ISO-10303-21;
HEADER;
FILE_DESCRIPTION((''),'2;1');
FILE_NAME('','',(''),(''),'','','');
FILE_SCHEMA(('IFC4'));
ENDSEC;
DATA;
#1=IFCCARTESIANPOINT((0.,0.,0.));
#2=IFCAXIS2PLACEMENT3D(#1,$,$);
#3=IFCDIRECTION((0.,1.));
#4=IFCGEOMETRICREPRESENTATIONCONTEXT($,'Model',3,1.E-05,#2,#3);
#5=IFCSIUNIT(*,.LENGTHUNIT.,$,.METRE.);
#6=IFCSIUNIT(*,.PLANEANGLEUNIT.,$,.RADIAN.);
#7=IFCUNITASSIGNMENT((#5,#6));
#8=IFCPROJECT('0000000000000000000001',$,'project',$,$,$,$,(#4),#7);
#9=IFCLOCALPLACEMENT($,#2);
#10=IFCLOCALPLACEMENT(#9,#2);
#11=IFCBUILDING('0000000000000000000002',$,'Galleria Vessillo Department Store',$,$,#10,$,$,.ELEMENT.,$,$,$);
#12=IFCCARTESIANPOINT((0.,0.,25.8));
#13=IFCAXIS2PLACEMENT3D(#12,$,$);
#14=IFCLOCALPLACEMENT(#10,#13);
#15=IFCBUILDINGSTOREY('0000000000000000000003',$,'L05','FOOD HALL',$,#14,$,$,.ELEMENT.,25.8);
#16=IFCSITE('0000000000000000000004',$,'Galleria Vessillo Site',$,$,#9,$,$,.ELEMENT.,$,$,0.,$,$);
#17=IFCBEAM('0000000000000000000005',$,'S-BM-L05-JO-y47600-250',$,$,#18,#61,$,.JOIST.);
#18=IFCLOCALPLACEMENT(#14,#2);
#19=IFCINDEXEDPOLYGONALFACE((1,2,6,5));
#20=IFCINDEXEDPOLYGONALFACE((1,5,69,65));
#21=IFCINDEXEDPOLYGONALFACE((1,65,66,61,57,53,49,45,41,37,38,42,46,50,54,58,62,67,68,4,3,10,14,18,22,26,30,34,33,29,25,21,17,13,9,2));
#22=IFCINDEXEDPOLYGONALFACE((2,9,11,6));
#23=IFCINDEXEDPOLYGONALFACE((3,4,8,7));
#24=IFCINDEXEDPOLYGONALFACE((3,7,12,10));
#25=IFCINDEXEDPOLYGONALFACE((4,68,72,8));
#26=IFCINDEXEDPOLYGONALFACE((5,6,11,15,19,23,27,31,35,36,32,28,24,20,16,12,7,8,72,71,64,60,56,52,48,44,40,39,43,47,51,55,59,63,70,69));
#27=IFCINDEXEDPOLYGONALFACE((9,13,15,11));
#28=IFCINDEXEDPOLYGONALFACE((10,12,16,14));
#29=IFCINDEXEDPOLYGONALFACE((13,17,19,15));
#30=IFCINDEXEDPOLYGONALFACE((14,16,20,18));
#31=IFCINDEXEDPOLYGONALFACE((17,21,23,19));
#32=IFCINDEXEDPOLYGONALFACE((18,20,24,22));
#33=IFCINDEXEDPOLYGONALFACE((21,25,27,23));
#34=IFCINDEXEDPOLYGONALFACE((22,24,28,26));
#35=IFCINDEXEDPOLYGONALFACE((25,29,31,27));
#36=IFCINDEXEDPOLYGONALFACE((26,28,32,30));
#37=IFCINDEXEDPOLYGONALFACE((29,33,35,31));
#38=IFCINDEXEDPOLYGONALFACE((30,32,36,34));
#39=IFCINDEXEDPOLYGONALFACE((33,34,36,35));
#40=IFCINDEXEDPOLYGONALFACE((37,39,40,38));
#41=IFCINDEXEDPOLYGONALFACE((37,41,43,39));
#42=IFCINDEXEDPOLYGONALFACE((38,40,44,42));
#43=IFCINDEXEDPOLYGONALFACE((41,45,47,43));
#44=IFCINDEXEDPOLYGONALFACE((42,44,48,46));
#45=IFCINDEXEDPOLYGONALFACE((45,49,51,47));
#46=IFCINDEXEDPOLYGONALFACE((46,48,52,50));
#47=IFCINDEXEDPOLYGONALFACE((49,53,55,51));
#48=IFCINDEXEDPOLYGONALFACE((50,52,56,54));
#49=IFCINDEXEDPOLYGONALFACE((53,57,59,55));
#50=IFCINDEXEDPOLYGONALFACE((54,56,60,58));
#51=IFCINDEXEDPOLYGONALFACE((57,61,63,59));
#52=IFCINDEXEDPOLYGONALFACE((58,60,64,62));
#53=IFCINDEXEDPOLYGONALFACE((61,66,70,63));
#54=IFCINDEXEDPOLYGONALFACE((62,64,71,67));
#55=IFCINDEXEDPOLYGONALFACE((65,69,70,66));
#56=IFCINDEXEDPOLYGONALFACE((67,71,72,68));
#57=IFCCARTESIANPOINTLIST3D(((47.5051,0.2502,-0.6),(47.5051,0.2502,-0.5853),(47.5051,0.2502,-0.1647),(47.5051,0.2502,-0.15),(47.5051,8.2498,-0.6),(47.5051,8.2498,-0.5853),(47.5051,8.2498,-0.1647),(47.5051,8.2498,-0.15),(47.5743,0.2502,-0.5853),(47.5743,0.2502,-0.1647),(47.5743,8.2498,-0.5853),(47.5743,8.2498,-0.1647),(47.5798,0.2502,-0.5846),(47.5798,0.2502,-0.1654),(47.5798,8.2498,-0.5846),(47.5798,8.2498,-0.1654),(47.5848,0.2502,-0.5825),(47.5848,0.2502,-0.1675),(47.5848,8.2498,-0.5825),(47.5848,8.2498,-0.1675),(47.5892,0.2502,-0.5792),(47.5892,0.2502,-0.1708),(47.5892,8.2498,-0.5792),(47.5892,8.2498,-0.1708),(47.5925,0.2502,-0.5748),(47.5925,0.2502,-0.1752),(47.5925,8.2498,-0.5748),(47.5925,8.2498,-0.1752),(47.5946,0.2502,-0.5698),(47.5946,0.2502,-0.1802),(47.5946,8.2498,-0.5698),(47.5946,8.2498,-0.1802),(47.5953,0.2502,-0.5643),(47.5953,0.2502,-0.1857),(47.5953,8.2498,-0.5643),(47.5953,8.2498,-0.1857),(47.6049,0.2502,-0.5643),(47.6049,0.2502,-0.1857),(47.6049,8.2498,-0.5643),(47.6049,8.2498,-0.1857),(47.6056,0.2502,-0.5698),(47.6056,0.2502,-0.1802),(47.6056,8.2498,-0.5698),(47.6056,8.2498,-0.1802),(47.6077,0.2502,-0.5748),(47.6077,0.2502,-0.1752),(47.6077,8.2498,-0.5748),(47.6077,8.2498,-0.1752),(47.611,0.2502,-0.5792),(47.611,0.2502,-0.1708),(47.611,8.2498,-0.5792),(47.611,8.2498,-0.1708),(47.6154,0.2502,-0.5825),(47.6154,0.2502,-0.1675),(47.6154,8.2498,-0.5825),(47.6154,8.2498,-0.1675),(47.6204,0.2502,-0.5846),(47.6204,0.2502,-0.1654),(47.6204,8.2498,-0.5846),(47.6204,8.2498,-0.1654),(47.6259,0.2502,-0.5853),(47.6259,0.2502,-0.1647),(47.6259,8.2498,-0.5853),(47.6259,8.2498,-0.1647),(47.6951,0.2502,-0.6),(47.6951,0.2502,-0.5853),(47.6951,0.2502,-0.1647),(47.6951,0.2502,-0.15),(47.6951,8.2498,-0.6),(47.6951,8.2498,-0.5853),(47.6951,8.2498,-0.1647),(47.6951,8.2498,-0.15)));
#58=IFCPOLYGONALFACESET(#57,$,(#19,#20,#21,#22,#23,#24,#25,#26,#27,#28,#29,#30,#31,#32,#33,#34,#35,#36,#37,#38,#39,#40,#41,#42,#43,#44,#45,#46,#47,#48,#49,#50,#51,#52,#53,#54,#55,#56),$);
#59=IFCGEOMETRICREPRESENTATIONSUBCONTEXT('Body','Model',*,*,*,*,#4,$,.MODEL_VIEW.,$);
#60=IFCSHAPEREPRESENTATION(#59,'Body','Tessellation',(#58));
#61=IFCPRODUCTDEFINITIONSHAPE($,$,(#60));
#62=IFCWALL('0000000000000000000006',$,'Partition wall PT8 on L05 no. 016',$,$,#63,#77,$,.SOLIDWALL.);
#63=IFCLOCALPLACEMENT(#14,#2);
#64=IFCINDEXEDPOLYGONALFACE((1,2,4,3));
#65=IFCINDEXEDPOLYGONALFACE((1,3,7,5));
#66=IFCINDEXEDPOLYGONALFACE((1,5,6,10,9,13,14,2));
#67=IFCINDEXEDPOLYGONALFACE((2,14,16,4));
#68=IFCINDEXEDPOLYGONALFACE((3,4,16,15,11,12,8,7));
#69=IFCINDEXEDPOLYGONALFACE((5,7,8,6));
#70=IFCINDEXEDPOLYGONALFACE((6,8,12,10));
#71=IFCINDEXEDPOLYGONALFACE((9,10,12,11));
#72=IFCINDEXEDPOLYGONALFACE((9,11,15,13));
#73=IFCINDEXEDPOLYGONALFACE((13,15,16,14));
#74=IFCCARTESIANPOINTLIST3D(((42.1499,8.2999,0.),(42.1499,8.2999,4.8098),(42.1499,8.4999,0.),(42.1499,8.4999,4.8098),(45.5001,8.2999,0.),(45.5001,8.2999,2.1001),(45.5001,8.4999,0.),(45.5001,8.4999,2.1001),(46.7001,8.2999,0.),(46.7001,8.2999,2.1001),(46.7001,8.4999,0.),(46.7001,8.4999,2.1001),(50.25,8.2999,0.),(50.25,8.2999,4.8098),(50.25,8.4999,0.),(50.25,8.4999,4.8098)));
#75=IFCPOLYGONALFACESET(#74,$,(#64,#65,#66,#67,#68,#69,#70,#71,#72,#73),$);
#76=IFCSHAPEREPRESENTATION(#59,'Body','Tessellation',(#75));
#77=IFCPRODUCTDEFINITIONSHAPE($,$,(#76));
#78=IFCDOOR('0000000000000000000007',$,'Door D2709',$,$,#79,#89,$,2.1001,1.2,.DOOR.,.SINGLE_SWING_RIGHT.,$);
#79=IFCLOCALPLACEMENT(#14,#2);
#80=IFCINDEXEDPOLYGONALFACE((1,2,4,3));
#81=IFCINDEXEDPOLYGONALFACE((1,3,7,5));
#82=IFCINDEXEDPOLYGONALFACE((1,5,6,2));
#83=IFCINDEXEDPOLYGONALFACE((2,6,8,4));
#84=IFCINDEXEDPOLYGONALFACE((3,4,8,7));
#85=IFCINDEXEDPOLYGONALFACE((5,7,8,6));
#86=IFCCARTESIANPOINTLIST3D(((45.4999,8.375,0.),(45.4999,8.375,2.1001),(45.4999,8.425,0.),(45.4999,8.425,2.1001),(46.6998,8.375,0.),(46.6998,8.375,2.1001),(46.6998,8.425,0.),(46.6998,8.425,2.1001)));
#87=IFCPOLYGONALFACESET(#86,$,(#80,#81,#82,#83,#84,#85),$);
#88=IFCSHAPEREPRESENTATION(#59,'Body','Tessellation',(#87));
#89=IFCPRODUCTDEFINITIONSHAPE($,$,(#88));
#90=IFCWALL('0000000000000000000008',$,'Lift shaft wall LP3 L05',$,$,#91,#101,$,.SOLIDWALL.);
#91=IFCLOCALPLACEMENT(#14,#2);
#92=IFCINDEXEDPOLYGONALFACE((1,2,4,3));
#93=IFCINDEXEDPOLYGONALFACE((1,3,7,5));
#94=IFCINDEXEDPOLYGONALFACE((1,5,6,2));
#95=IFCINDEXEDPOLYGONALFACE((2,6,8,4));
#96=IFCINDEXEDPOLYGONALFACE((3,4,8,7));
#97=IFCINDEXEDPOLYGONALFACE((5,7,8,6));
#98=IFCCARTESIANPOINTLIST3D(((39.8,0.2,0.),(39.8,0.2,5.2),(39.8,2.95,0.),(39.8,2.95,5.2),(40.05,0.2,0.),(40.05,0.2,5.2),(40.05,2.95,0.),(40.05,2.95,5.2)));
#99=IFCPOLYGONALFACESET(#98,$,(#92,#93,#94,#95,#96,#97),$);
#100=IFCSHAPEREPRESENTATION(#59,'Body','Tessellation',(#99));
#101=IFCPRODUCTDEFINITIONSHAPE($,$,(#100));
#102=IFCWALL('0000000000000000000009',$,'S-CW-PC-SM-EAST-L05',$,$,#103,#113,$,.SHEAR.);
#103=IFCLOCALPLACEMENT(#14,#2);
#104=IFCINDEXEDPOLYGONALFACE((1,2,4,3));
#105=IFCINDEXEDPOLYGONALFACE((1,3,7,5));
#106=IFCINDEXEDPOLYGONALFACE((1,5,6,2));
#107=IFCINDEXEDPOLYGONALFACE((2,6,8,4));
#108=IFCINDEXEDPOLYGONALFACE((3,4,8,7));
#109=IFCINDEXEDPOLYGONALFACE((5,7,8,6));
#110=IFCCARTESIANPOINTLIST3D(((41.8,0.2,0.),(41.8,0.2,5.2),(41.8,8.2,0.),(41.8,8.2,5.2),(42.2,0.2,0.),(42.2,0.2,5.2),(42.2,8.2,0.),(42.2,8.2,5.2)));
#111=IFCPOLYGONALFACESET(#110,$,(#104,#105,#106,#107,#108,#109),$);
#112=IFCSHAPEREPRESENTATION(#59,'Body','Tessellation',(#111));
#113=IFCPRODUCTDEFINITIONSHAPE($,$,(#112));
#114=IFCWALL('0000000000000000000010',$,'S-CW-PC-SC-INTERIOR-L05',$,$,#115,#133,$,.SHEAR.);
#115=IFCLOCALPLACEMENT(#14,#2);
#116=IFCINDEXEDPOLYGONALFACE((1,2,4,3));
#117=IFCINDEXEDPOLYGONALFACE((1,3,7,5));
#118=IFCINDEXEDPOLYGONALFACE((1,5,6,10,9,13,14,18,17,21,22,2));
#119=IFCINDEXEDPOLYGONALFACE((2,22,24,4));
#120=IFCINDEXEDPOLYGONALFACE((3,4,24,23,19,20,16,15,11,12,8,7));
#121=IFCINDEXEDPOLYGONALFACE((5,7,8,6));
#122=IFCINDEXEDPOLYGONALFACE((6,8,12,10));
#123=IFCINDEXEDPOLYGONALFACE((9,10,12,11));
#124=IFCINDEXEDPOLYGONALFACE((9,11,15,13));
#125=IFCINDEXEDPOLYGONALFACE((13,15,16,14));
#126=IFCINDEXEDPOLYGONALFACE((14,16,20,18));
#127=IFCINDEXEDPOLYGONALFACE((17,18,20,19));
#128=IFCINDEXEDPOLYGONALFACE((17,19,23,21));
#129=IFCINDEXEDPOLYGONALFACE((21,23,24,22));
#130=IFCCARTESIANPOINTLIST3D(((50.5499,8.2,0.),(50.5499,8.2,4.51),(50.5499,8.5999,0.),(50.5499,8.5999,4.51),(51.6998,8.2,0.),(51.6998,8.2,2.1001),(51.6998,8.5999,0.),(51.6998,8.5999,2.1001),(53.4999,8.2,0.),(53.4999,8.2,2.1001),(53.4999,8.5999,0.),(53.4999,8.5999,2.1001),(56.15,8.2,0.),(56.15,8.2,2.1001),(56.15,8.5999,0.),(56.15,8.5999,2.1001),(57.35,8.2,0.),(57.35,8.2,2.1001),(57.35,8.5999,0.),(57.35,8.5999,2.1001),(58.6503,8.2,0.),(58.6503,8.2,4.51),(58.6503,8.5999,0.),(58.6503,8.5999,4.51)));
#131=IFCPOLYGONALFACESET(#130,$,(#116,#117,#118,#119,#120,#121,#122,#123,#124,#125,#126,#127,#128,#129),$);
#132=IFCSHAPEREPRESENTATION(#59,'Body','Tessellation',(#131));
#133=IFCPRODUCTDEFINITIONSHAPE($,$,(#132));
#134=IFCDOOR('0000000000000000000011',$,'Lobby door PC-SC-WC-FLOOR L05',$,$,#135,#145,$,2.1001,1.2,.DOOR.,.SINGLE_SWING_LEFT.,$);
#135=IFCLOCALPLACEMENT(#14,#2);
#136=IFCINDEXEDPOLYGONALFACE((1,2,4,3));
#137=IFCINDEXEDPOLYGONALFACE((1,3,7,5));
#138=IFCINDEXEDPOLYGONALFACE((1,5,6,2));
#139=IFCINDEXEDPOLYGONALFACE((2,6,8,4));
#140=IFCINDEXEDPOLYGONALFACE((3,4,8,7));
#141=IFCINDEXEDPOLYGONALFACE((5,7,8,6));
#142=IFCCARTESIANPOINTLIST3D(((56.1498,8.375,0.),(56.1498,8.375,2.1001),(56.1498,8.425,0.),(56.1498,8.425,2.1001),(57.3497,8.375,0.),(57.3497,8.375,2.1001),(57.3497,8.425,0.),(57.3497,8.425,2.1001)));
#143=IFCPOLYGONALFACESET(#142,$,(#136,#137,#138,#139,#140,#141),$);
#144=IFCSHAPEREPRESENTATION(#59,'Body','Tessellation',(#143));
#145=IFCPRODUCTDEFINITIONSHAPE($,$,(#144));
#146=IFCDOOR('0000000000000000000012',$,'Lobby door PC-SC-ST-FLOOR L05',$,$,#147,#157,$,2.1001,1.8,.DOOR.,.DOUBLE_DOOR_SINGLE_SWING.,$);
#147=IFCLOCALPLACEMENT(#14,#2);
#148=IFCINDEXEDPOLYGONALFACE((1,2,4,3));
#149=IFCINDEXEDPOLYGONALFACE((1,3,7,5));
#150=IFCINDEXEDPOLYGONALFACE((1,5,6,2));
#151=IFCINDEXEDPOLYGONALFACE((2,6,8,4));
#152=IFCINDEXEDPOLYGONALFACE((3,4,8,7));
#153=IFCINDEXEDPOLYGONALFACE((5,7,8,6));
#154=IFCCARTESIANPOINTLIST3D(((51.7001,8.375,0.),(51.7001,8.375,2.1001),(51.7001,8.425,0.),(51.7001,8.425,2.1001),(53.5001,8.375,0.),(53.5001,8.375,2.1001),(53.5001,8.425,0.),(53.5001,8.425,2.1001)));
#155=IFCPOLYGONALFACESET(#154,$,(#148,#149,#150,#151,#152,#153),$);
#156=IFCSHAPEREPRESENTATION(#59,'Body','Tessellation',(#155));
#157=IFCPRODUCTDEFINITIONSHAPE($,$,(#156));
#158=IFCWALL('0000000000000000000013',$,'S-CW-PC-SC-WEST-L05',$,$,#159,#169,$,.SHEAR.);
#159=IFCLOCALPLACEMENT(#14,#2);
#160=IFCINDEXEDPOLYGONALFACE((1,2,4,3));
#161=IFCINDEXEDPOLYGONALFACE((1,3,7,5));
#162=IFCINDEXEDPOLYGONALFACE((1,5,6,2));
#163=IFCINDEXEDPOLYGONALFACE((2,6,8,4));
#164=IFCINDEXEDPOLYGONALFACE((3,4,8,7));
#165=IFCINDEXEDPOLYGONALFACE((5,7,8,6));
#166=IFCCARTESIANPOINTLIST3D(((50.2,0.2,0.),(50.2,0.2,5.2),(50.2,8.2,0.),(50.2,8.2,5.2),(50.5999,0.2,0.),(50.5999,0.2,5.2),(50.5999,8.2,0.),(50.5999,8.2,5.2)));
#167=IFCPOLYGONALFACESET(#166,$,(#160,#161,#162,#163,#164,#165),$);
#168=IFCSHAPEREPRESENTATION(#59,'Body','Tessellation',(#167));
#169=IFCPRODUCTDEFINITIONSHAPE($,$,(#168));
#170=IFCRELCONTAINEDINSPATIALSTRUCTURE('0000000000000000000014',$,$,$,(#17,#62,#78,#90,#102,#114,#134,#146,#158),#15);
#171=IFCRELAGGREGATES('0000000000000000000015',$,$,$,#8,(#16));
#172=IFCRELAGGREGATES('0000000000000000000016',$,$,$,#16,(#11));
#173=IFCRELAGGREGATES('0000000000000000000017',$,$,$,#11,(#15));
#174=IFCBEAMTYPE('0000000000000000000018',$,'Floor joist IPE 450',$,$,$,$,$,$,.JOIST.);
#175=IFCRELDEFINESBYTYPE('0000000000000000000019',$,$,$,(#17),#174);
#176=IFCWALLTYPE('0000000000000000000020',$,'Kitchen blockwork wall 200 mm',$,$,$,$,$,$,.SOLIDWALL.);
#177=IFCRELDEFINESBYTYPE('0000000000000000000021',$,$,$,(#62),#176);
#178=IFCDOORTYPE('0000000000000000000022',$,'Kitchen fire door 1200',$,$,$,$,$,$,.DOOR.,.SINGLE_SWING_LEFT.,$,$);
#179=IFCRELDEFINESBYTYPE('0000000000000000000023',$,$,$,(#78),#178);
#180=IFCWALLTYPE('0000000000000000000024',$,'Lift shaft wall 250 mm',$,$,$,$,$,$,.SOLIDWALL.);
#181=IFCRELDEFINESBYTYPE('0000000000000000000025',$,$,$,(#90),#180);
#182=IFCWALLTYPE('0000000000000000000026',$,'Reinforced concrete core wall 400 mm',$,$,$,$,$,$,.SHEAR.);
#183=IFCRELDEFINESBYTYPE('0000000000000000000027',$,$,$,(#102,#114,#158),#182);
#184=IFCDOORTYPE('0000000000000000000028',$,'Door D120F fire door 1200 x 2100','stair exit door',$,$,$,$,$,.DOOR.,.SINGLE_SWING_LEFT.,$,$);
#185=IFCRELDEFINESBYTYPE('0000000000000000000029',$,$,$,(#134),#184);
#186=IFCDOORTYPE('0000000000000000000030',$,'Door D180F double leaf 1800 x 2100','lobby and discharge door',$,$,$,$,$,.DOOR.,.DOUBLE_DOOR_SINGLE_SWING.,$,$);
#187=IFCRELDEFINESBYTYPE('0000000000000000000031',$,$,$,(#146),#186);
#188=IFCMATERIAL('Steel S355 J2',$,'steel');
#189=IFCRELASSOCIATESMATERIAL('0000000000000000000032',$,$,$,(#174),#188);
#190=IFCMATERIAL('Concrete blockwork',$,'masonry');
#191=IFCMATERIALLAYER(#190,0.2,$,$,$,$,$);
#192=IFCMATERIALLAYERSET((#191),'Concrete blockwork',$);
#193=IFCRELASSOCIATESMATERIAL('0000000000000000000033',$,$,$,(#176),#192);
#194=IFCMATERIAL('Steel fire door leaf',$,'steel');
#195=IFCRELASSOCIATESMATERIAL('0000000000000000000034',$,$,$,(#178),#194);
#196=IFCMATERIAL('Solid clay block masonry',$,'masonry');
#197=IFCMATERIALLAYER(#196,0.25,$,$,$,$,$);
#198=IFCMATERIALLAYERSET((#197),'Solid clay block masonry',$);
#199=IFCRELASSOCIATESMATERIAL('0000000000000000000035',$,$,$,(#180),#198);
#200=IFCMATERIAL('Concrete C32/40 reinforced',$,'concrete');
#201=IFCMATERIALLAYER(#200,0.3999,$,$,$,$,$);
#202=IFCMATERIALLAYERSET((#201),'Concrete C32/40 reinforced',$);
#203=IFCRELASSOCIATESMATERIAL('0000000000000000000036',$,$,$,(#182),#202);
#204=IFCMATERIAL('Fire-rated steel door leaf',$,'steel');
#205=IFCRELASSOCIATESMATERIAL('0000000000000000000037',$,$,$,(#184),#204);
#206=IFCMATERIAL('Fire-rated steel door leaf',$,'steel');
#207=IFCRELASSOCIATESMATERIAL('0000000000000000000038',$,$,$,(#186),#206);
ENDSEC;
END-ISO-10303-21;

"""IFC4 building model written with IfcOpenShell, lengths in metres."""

from ifc_helpers import new_model, si_unit, direction, frame, frame_2d, origin, origin_2d, place, context, subcontext, project, spatial, rectangle, i_section, extrude, material, layer, layer_set, material_profile, profile_set, type_object, element, fill, save


model = new_model("IFC4")

# Units and contexts
model_context = context("Model", 3, precision=1e-05, world=origin(), true_north=direction((0.0, 1.0)))
body_context = subcontext(model_context, "Body", "Model", "MODEL_VIEW")
ifc_project = project(units=[si_unit("LENGTHUNIT", "METRE"), si_unit("PLANEANGLEUNIT", "RADIAN")], contexts=[model_context])

# Site, building, storey
site_placement = place(None, origin())
site = spatial("IfcSite", under=ifc_project, at=site_placement, Name="Galleria Vessillo Site", CompositionType="ELEMENT", RefElevation=0.0)
building_placement = place(site_placement, origin())
building = spatial("IfcBuilding", under=site, at=building_placement, Name="Galleria Vessillo Department Store", CompositionType="ELEMENT")
storey_placement = place(building_placement, frame((0.0, 0.0, 25.8)))
storey = spatial("IfcBuildingStorey", under=building, at=storey_placement, Name="L05", Description="FOOD HALL", CompositionType="ELEMENT", Elevation=25.8)

# Beam
ifc_material_1 = material(Name="Steel S355 J2", Category="steel")
ifc_material_profile_1 = material_profile(ifc_material_1, i_section(OverallWidth=0.1899, OverallDepth=0.45, WebThickness=0.0095, FlangeThickness=0.0146, FilletRadius=0.021, at=origin_2d()), Name="IPE 450")
ifc_profile_set_1 = profile_set([ifc_material_profile_1], Name="Steel S355 J2")
beam_type_1 = type_object("IfcBeamType", Name="Floor joist IPE 450", PredefinedType="JOIST", material=ifc_profile_set_1)
for number, where, z_axis, x_axis, name in (
    (1, (47.6001, 0.2502, -0.375), (0.0, 1.0, 0.0), (-1.0, 0.0, 0.0), "S-BM-L05-JO-y47600-250"),
):
    element("IfcBeam", number, at=place(storey_placement, frame(where, z_axis=z_axis, x_axis=x_axis)), inside=storey, type_object=beam_type_1, Name=name, PredefinedType="JOIST", context=body_context, shape_type="SweptSolid", body=[
        extrude(i_section(OverallWidth=0.1899, OverallDepth=0.45, WebThickness=0.0095, FlangeThickness=0.0146, FilletRadius=0.021, at=origin_2d()), origin(), (0.0, 0.0, 1.0), 7.9995),
    ])

# Wall, opening, door
ifc_material_2 = material(Name="Concrete blockwork", Category="masonry")
ifc_layer_1 = layer(ifc_material_2, 0.2)
ifc_layer_set_1 = layer_set([ifc_layer_1], Name="Concrete blockwork")
wall_type_1 = type_object("IfcWallType", Name="Kitchen blockwork wall 200 mm", PredefinedType="SOLIDWALL", material=ifc_layer_set_1)
wall_1_placement = place(storey_placement, frame((42.1499, 8.3999, 0.0), z_axis=(0.0, 0.0, 1.0), x_axis=(1.0, 0.0, 0.0)))
wall_1 = element("IfcWall", 2, at=wall_1_placement, inside=storey, type_object=wall_type_1, Name="Partition wall PT8 on L05 no. 016", PredefinedType="SOLIDWALL", context=body_context, shape_type="SweptSolid", body=[
    extrude(rectangle(XDim=8.1001, YDim=0.2, at=frame_2d((4.05, 0.0))), origin(), (0.0, 0.0, 1.0), 4.8098),
])
opening_1_placement = place(wall_1_placement, frame((3.3501, 0.0, 0.0)))
opening_1 = element("IfcOpeningElement", 3, at=opening_1_placement, cuts=wall_1, PredefinedType="OPENING", context=body_context, shape_type="SweptSolid", body=[
    extrude(rectangle(XDim=1.2, YDim=2.1001, at=frame_2d((0.6001, 1.05))), frame((0.0, 0.1099, 0.0), z_axis=(0.0, -1.0, 0.0), x_axis=(1.0, 0.0, 0.0)), (0.0, 0.0, 1.0), 0.22),
])
ifc_material_3 = material(Name="Steel fire door leaf", Category="steel")
door_type_1 = type_object("IfcDoorType", Name="Kitchen fire door 1200", OperationType="SINGLE_SWING_LEFT", PredefinedType="DOOR", material=ifc_material_3)
door_1_placement = place(opening_1_placement, frame((1.2, 0.0, 0.0), z_axis=(0.0, 0.0, 1.0), x_axis=(-1.0, 0.0, 0.0)))
door_1 = element("IfcDoor", 4, at=door_1_placement, inside=storey, type_object=door_type_1, Name="Door D2709", OperationType="SINGLE_SWING_RIGHT", OverallHeight=2.1001, OverallWidth=1.2, PredefinedType="DOOR", context=body_context, shape_type="SweptSolid", body=[
    extrude(rectangle(XDim=1.2, YDim=2.1001, at=frame_2d((0.6001, 1.05))), frame((0.0, 0.0249, 0.0), z_axis=(0.0, -1.0, 0.0), x_axis=(1.0, 0.0, 0.0)), (0.0, 0.0, 1.0), 0.05),
])
fill(opening_1, door_1)

# Walls
ifc_material_4 = material(Name="Solid clay block masonry", Category="masonry")
ifc_layer_2 = layer(ifc_material_4, 0.25)
ifc_layer_set_2 = layer_set([ifc_layer_2], Name="Solid clay block masonry")
wall_type_2 = type_object("IfcWallType", Name="Lift shaft wall 250 mm", PredefinedType="SOLIDWALL", material=ifc_layer_set_2)
wall_2_placement = place(storey_placement, frame((39.925, 0.2, 0.0), z_axis=(0.0, 0.0, 1.0), x_axis=(0.0, 1.0, 0.0)))
element("IfcWall", 5, at=wall_2_placement, inside=storey, type_object=wall_type_2, Name="Lift shaft wall LP3 L05", PredefinedType="SOLIDWALL", context=body_context, shape_type="SweptSolid", body=[
    extrude(rectangle(XDim=2.75, YDim=0.25, at=frame_2d((1.375, 0.0))), origin(), (0.0, 0.0, 1.0), 5.2),
])
ifc_material_5 = material(Name="Concrete C32/40 reinforced", Category="concrete")
ifc_layer_3 = layer(ifc_material_5, 0.3999)
ifc_layer_set_3 = layer_set([ifc_layer_3], Name="Concrete C32/40 reinforced")
wall_type_3 = type_object("IfcWallType", Name="Reinforced concrete core wall 400 mm", PredefinedType="SHEAR", material=ifc_layer_set_3)
wall_3_placement = place(storey_placement, frame((42.0, 0.2, 0.0), z_axis=(0.0, 0.0, 1.0), x_axis=(0.0, 1.0, 0.0)))
element("IfcWall", 6, at=wall_3_placement, inside=storey, type_object=wall_type_3, Name="S-CW-PC-SM-EAST-L05", PredefinedType="SHEAR", context=body_context, shape_type="SweptSolid", body=[
    extrude(rectangle(XDim=8.0, YDim=0.3999, at=frame_2d((4.0, 0.0))), origin(), (0.0, 0.0, 1.0), 5.2),
])

# Wall, openings, doors
wall_4_placement = place(storey_placement, frame((50.5498, 8.3999, 0.0), z_axis=(0.0, 0.0, 1.0), x_axis=(1.0, 0.0, 0.0)))
wall_4 = element("IfcWall", 7, at=wall_4_placement, inside=storey, type_object=wall_type_3, Name="S-CW-PC-SC-INTERIOR-L05", PredefinedType="SHEAR", context=body_context, shape_type="SweptSolid", body=[
    extrude(rectangle(XDim=8.1003, YDim=0.3999, at=frame_2d((4.0503, 0.0))), origin(), (0.0, 0.0, 1.0), 4.51),
])
opening_2_placement = place(wall_4_placement, frame((1.1501, 0.0, 0.0)))
opening_2 = element("IfcOpeningElement", 8, at=opening_2_placement, cuts=wall_4, PredefinedType="OPENING", context=body_context, shape_type="SweptSolid", body=[
    extrude(rectangle(XDim=1.8, YDim=2.1001, at=frame_2d((0.8999, 1.05))), frame((0.0, 0.21, 0.0), z_axis=(0.0, -1.0, 0.0), x_axis=(1.0, 0.0, 0.0)), (0.0, 0.0, 1.0), 0.4199),
])
opening_3_placement = place(wall_4_placement, frame((5.6001, 0.0, 0.0)))
opening_3 = element("IfcOpeningElement", 9, at=opening_3_placement, cuts=wall_4, PredefinedType="OPENING", context=body_context, shape_type="SweptSolid", body=[
    extrude(rectangle(XDim=1.2, YDim=2.1001, at=frame_2d((0.6001, 1.05))), frame((0.0, 0.21, 0.0), z_axis=(0.0, -1.0, 0.0), x_axis=(1.0, 0.0, 0.0)), (0.0, 0.0, 1.0), 0.4199),
])
ifc_material_6 = material(Name="Fire-rated steel door leaf", Category="steel")
door_type_2 = type_object("IfcDoorType", Name="Door D120F fire door 1200 x 2100", Description="stair exit door", OperationType="SINGLE_SWING_LEFT", PredefinedType="DOOR", material=ifc_material_6)
door_2_placement = place(opening_3_placement, frame((1.2, 0.0, 0.0), z_axis=(0.0, 0.0, 1.0), x_axis=(-1.0, 0.0, 0.0)))
door_2 = element("IfcDoor", 10, at=door_2_placement, inside=storey, type_object=door_type_2, Name="Lobby door PC-SC-WC-FLOOR L05", OperationType="SINGLE_SWING_LEFT", OverallHeight=2.1001, OverallWidth=1.2, PredefinedType="DOOR", context=body_context, shape_type="SweptSolid", body=[
    extrude(rectangle(XDim=1.2, YDim=2.1001, at=frame_2d((0.6001, 1.05))), frame((0.0, 0.0249, 0.0), z_axis=(0.0, -1.0, 0.0), x_axis=(1.0, 0.0, 0.0)), (0.0, 0.0, 1.0), 0.05),
])
fill(opening_3, door_2)
ifc_material_7 = material(Name="Fire-rated steel door leaf", Category="steel")
door_type_3 = type_object("IfcDoorType", Name="Door D180F double leaf 1800 x 2100", Description="lobby and discharge door", OperationType="DOUBLE_DOOR_SINGLE_SWING", PredefinedType="DOOR", material=ifc_material_7)
door_3_placement = place(opening_2_placement, frame((1.8, 0.0, 0.0), z_axis=(0.0, 0.0, 1.0), x_axis=(-1.0, 0.0, 0.0)))
door_3 = element("IfcDoor", 11, at=door_3_placement, inside=storey, type_object=door_type_3, Name="Lobby door PC-SC-ST-FLOOR L05", OperationType="DOUBLE_DOOR_SINGLE_SWING", OverallHeight=2.1001, OverallWidth=1.8, PredefinedType="DOOR", context=body_context, shape_type="SweptSolid", body=[
    extrude(rectangle(XDim=1.8, YDim=2.1001, at=frame_2d((0.8999, 1.05))), frame((0.0, 0.0249, 0.0), z_axis=(0.0, -1.0, 0.0), x_axis=(1.0, 0.0, 0.0)), (0.0, 0.0, 1.0), 0.05),
])
fill(opening_2, door_3)

# Wall
wall_5_placement = place(storey_placement, frame((50.3999, 0.2, 0.0), z_axis=(0.0, 0.0, 1.0), x_axis=(0.0, 1.0, 0.0)))
element("IfcWall", 12, at=wall_5_placement, inside=storey, type_object=wall_type_3, Name="S-CW-PC-SC-WEST-L05", PredefinedType="SHEAR", context=body_context, shape_type="SweptSolid", body=[
    extrude(rectangle(XDim=8.0, YDim=0.3999, at=frame_2d((4.0, 0.0))), origin(), (0.0, 0.0, 1.0), 5.2),
])

save(model, "model.ifc")
